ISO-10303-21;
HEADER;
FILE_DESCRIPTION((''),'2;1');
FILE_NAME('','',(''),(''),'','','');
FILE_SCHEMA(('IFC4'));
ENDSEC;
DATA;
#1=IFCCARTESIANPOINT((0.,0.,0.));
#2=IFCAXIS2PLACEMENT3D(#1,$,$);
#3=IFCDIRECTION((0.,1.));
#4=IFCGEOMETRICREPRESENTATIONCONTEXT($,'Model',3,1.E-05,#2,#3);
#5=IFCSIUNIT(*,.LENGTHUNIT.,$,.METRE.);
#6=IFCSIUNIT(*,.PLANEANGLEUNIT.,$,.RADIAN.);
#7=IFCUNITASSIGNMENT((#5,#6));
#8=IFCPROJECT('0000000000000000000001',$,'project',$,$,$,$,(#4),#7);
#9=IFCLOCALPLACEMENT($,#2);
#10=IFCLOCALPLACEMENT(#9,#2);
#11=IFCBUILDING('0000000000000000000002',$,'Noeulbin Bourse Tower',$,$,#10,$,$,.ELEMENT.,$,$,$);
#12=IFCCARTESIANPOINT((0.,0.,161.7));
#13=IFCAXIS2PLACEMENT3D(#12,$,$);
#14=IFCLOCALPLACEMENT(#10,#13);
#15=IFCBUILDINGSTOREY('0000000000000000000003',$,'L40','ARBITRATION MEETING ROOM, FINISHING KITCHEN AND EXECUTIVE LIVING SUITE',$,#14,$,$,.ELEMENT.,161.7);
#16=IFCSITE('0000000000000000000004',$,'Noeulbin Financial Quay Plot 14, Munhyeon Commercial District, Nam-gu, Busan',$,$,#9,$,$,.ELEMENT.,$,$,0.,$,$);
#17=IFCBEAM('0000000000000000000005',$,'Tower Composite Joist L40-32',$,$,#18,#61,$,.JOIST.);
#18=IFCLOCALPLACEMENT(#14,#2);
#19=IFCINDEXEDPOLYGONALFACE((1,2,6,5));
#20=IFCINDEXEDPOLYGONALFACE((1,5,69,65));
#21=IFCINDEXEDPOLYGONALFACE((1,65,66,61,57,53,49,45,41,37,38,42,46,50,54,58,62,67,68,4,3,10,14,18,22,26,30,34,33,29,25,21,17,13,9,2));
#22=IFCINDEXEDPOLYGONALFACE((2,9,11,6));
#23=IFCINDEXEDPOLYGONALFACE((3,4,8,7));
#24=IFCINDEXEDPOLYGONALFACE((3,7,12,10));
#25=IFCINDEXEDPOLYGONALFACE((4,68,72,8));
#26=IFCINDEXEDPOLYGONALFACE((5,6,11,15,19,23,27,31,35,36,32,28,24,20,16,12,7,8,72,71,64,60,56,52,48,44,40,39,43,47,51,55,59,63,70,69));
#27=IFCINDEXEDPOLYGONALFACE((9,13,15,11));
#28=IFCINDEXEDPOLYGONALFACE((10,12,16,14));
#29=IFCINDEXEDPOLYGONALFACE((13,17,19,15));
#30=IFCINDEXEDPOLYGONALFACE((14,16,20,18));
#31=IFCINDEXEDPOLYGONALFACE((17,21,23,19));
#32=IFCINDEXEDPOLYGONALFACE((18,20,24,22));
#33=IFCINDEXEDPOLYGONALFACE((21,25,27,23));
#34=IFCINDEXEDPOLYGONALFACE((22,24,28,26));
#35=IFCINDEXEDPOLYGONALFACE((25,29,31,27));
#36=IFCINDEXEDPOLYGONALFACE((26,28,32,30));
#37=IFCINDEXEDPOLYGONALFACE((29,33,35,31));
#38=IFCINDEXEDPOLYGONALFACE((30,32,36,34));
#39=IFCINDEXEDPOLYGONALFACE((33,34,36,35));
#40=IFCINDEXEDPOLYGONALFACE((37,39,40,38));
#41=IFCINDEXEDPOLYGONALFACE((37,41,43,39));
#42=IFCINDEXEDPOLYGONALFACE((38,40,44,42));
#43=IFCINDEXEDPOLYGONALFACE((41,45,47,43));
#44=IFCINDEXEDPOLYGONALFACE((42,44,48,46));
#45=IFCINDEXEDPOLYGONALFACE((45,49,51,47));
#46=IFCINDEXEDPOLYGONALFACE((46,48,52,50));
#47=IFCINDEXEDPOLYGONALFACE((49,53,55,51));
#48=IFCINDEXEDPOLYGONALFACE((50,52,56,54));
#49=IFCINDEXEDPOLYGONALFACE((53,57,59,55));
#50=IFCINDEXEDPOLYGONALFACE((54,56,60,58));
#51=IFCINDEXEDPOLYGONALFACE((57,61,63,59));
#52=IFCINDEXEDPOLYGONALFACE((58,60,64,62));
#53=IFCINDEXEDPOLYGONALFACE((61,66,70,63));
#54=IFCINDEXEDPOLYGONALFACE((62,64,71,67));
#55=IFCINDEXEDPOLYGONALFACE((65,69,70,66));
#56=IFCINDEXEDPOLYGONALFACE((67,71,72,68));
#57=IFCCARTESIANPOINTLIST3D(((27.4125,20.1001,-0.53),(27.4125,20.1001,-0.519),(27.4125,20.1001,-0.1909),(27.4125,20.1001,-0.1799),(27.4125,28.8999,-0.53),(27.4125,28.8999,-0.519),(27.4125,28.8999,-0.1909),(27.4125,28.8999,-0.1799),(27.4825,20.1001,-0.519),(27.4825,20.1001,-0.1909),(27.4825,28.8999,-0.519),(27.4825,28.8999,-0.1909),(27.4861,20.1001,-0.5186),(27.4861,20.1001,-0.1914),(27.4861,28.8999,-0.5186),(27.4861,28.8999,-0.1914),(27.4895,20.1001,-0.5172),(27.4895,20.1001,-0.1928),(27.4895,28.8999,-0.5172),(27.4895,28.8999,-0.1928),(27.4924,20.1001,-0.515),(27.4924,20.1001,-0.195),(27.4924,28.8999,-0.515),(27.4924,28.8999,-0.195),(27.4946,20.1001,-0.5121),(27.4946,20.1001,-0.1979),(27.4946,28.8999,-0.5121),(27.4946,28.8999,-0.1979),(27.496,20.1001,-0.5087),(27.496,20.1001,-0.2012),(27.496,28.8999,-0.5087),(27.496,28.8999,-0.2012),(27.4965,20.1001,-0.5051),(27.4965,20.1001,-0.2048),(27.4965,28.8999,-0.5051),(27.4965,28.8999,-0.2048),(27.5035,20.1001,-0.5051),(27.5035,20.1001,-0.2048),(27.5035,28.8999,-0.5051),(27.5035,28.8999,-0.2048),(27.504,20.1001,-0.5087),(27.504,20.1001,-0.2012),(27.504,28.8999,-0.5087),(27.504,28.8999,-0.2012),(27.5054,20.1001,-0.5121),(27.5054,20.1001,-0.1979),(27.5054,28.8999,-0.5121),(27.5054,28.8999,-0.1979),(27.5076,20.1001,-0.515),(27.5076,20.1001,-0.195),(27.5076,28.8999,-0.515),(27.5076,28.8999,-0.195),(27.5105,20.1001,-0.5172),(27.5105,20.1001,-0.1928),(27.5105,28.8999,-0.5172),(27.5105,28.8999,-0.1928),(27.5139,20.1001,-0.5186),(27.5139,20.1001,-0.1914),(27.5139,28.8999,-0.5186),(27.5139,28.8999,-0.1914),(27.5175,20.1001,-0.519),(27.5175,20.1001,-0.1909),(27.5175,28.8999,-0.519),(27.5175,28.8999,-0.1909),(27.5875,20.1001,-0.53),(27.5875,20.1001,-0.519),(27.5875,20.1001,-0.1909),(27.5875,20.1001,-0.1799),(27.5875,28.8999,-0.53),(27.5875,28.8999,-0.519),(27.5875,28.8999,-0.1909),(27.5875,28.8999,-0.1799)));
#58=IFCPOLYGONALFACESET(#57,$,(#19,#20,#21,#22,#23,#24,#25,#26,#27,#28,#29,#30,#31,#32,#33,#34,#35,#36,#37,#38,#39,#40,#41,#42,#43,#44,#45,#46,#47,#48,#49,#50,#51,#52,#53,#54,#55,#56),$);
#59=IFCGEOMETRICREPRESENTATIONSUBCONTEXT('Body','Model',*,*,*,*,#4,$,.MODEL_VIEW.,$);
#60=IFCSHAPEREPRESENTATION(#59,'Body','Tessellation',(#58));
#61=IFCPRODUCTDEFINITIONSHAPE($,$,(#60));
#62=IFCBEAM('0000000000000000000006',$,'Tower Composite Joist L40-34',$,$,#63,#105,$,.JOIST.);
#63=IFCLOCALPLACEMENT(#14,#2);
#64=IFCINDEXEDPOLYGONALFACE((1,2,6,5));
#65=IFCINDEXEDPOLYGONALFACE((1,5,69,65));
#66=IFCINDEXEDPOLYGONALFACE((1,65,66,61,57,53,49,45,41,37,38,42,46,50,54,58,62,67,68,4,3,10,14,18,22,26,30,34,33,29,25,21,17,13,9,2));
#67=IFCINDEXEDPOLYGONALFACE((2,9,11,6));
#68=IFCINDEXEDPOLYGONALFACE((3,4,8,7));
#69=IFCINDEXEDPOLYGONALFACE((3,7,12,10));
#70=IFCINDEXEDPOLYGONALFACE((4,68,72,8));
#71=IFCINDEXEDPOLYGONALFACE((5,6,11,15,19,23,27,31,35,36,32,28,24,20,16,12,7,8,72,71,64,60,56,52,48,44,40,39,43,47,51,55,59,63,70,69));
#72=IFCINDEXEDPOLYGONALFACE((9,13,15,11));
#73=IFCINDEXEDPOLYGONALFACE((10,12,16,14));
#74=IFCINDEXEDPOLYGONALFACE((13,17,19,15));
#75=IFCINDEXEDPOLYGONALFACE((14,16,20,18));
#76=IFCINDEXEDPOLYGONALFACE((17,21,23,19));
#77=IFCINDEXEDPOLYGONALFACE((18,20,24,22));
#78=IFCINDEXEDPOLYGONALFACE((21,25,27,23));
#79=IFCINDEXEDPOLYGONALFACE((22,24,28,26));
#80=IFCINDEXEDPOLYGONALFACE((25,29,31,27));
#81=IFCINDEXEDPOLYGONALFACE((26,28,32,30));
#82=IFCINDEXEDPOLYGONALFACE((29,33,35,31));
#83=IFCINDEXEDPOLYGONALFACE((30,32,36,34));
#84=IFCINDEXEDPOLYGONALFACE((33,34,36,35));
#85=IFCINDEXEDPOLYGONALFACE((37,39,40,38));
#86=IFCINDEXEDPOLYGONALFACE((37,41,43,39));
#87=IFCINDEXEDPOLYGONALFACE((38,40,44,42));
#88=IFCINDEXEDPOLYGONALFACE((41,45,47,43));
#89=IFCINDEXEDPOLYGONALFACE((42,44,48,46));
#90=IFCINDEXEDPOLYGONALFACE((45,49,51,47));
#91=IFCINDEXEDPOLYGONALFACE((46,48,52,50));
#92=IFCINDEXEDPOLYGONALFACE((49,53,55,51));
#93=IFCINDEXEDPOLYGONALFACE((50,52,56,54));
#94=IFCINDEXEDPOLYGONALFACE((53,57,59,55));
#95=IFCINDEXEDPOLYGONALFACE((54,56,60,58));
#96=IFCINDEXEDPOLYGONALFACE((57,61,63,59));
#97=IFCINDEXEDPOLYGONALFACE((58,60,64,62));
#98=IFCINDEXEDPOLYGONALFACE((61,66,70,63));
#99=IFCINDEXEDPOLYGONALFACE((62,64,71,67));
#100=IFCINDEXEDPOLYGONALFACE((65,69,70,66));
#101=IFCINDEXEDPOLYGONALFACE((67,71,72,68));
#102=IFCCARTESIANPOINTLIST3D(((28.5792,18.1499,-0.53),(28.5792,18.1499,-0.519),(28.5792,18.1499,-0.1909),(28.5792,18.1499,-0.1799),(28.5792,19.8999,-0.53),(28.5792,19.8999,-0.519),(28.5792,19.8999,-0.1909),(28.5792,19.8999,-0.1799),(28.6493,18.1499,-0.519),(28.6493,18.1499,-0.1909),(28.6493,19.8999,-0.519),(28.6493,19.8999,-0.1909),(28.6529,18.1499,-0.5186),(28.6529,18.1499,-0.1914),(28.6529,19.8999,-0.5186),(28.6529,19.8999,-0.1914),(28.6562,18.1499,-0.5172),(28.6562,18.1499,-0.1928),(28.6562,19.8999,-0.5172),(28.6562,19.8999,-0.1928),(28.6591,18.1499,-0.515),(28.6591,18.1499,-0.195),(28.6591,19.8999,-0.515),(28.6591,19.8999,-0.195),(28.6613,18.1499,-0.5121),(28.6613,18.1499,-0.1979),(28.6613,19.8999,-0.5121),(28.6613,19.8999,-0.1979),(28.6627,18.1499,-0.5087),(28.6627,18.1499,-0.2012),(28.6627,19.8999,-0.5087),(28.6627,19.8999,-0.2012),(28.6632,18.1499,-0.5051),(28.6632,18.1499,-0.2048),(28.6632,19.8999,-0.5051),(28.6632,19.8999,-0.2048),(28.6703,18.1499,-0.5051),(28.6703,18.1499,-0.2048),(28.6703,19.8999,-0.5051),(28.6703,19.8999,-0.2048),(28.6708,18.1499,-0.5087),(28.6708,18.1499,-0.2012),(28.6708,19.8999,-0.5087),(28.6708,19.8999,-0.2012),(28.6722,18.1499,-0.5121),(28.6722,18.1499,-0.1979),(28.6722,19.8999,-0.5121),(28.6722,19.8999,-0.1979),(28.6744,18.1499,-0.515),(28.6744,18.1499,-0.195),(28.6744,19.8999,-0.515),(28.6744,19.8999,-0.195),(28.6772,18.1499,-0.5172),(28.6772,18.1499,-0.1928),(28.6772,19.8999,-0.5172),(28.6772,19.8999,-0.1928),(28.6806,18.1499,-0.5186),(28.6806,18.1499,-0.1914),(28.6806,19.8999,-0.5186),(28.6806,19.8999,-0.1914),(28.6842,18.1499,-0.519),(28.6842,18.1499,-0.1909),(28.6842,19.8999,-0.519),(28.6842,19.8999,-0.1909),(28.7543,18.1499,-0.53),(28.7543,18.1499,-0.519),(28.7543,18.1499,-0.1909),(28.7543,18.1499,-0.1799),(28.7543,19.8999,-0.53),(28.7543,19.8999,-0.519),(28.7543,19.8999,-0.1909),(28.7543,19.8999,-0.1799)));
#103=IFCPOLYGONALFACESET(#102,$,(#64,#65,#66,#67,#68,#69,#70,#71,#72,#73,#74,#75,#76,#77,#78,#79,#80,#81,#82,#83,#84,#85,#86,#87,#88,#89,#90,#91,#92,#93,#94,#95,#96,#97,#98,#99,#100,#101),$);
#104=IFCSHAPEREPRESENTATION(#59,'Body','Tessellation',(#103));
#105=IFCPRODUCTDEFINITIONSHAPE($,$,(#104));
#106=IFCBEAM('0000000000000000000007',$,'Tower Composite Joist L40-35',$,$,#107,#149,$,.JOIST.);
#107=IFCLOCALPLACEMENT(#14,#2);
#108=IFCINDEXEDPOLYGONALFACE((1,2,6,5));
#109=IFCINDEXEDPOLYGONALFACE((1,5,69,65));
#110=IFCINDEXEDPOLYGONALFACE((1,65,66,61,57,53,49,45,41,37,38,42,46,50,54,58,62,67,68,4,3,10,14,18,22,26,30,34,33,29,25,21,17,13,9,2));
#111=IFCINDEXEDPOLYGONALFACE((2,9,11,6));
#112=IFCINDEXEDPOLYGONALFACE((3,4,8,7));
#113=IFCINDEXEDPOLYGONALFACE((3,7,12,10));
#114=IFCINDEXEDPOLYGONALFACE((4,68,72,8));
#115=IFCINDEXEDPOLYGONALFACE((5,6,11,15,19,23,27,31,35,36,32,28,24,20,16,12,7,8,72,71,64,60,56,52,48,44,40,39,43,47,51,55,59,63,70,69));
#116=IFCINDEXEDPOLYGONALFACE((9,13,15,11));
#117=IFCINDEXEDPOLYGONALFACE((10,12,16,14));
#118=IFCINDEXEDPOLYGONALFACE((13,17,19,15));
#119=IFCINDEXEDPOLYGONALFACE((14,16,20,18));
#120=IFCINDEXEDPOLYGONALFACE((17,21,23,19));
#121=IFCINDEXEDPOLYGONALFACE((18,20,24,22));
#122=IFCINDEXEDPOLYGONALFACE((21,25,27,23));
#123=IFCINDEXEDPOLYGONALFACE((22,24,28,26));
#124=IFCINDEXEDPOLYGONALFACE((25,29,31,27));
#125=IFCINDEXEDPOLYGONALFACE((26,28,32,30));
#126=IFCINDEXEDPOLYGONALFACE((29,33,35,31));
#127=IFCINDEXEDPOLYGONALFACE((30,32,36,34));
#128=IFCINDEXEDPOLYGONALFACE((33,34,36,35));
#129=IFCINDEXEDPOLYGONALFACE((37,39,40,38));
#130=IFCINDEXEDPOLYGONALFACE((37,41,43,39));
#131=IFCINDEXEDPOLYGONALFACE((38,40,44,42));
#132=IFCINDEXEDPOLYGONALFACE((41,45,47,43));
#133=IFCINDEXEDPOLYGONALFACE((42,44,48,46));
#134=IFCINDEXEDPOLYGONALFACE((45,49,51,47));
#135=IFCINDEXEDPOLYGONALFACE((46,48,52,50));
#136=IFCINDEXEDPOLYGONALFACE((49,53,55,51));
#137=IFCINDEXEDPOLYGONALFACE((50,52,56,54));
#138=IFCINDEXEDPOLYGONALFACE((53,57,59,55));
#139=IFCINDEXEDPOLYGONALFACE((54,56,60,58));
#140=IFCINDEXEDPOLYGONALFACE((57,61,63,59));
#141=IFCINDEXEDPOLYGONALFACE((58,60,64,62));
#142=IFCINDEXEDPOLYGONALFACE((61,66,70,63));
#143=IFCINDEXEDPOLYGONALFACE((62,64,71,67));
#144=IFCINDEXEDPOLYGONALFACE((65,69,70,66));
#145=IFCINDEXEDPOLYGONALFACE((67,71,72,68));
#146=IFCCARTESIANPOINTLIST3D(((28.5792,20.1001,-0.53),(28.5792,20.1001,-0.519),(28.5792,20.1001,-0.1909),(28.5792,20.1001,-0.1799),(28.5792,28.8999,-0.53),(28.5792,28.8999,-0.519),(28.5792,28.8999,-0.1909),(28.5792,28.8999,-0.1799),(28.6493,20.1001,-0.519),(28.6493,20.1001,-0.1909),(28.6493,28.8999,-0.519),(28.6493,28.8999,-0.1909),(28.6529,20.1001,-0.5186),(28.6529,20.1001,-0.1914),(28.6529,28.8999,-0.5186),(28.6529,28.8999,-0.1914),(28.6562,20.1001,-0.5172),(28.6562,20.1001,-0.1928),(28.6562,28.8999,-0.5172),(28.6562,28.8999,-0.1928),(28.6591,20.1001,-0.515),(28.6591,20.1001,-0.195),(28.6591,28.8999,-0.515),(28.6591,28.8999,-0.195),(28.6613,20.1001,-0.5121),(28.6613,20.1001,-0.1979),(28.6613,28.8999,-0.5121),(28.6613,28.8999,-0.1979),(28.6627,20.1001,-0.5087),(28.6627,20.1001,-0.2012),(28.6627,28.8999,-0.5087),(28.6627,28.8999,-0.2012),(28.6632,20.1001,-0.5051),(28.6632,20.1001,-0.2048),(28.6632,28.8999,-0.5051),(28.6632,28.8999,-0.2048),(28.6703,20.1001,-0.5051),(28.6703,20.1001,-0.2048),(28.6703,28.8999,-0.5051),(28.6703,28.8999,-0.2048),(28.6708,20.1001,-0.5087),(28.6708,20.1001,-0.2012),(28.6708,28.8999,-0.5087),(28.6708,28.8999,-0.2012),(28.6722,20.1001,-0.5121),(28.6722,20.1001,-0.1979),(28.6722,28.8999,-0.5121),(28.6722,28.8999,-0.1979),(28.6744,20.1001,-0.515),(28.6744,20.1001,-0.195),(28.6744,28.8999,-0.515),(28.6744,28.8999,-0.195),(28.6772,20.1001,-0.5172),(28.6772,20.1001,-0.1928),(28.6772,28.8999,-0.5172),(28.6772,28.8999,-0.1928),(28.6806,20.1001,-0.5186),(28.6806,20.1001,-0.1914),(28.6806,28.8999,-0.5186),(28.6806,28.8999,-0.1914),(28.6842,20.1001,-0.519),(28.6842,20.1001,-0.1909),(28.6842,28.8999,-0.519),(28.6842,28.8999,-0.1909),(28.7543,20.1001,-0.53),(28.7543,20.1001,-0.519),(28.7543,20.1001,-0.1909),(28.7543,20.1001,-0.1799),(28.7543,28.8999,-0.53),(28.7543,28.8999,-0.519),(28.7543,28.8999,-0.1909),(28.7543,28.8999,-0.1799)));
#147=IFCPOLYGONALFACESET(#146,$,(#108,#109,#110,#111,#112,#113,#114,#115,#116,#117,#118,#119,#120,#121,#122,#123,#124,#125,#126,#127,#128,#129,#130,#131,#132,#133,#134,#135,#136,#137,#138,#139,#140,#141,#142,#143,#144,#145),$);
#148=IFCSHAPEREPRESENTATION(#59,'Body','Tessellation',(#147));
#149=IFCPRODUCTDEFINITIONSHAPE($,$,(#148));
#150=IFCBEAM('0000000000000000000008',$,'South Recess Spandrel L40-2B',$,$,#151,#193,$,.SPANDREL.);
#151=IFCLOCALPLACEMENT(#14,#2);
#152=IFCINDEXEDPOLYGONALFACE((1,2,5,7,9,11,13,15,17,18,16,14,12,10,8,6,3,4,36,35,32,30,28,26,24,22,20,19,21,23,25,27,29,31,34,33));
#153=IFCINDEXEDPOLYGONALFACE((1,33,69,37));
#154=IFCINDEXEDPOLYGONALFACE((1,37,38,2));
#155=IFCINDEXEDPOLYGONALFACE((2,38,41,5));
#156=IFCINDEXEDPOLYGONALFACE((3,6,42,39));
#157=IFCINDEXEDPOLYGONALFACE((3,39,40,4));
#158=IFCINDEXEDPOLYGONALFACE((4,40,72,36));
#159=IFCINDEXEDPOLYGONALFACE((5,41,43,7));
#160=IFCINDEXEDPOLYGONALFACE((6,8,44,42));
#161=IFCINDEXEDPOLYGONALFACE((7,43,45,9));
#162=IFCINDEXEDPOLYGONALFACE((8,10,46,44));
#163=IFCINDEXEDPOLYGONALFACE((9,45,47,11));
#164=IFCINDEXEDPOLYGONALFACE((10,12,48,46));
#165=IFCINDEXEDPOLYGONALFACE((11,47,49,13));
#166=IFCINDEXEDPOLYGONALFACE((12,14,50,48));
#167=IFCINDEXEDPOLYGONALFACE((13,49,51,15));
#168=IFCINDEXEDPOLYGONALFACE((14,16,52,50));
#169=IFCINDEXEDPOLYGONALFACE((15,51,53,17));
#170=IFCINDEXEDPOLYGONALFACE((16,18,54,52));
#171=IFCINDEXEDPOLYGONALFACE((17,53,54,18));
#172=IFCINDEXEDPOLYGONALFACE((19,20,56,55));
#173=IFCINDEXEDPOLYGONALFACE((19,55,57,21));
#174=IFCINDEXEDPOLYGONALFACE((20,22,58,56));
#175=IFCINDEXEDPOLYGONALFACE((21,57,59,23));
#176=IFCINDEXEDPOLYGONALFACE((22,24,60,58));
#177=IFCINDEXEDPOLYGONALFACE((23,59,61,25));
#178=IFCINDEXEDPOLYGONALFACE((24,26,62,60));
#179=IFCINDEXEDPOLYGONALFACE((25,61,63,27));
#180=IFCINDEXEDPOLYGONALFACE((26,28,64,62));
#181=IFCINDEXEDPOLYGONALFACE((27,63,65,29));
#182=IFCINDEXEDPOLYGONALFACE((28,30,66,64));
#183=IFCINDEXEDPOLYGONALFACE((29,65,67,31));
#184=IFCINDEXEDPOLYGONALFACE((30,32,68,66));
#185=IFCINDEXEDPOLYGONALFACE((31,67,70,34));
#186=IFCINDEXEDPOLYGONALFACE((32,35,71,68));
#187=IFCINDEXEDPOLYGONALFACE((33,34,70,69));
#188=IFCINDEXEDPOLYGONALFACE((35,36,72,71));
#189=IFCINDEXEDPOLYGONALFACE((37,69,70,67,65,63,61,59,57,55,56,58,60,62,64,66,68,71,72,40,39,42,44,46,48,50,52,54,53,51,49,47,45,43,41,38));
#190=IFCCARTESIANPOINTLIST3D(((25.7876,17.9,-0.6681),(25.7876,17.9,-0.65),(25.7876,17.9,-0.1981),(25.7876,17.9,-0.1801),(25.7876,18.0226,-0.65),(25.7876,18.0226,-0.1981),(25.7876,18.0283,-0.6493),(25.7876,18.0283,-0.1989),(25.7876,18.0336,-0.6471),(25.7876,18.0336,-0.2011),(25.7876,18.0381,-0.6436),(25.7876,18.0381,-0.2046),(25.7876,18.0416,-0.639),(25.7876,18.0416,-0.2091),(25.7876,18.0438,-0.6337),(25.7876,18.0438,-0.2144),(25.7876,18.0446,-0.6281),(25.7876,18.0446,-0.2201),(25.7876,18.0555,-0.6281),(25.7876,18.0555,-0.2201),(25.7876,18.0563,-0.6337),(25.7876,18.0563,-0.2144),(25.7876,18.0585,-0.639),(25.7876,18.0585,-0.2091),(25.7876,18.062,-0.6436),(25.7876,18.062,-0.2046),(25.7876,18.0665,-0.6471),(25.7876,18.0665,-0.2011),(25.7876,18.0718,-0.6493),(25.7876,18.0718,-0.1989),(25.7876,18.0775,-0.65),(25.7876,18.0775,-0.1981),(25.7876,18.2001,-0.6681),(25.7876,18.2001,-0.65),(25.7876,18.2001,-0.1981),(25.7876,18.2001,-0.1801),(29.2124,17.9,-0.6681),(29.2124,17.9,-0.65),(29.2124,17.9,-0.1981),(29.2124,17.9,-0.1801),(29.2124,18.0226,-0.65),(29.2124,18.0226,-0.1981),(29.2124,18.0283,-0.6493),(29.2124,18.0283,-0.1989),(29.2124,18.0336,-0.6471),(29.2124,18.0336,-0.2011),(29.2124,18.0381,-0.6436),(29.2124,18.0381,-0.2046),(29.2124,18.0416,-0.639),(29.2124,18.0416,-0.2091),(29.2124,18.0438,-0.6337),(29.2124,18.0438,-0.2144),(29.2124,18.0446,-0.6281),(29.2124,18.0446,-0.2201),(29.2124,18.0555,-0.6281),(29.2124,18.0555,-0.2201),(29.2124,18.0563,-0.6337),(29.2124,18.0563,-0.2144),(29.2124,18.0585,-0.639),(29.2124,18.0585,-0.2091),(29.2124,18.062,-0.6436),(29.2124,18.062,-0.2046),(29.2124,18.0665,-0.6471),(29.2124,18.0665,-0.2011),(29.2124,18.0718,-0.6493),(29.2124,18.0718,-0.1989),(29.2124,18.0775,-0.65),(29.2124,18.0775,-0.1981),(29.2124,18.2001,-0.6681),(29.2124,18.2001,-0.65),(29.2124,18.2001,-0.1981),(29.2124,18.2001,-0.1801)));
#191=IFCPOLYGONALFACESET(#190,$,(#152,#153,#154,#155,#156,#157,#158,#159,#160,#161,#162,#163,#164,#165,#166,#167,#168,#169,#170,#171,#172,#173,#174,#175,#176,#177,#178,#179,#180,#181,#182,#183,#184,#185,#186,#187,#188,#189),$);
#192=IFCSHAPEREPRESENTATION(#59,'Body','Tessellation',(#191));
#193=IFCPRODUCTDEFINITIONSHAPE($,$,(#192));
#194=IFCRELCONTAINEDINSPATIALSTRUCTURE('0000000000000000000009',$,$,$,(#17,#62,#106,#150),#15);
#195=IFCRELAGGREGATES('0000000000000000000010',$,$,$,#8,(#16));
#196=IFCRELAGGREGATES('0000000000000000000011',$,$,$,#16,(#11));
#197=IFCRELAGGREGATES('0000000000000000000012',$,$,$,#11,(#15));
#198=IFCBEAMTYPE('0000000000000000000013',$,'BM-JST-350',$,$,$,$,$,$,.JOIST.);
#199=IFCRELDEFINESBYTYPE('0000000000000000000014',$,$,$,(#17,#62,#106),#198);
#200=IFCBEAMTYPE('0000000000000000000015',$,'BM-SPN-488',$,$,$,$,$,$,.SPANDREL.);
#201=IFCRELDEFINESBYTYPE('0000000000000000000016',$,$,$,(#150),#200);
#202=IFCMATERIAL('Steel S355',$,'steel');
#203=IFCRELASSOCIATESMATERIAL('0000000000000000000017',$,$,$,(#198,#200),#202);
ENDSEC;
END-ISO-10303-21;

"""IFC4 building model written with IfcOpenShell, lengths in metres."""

from ifc_helpers import new_model, si_unit, direction, frame, origin, origin_2d, place, context, subcontext, project, spatial, i_section, extrude, material, material_profile, profile_set, type_object, element, save


model = new_model("IFC4")

# Units and contexts
model_context = context("Model", 3, precision=1e-05, world=origin(), true_north=direction((0.0, 1.0)))
body_context = subcontext(model_context, "Body", "Model", "MODEL_VIEW")
ifc_project = project(units=[si_unit("LENGTHUNIT", "METRE"), si_unit("PLANEANGLEUNIT", "RADIAN")], contexts=[model_context])

# Site, building, storey
site_placement = place(None, origin())
site = spatial("IfcSite", under=ifc_project, at=site_placement, Name="Noeulbin Financial Quay Plot 14, Munhyeon Commercial District, Nam-gu, Busan", CompositionType="ELEMENT", RefElevation=0.0)
building_placement = place(site_placement, origin())
building = spatial("IfcBuilding", under=site, at=building_placement, Name="Noeulbin Bourse Tower", CompositionType="ELEMENT")
storey_placement = place(building_placement, frame((0.0, 0.0, 161.7)))
storey = spatial("IfcBuildingStorey", under=building, at=storey_placement, Name="L40", Description="ARBITRATION MEETING ROOM, FINISHING KITCHEN AND EXECUTIVE LIVING SUITE", CompositionType="ELEMENT", Elevation=161.7)

# Beams
ifc_material_1 = material(Name="Steel S355", Category="steel")
ifc_material_profile_1 = material_profile(ifc_material_1, i_section(OverallWidth=0.175, OverallDepth=0.3501, WebThickness=0.0071, FlangeThickness=0.011, FilletRadius=0.0139, at=origin_2d()), Name="H-350x175x7x11", Category="LoadBearing")
ifc_profile_set_1 = profile_set([ifc_material_profile_1], Name="Steel S355")
beam_type_1 = type_object("IfcBeamType", Name="BM-JST-350", PredefinedType="JOIST", material=ifc_profile_set_1)
beam_1_placement = place(storey_placement, frame((27.5, 20.1001, -0.355), z_axis=(0.0, 1.0, 0.0), x_axis=(-1.0, 0.0, 0.0)))
element("IfcBeam", 1, at=beam_1_placement, inside=storey, type_object=beam_type_1, Name="Tower Composite Joist L40-32", PredefinedType="JOIST", context=body_context, shape_type="SweptSolid", body=[
    extrude(i_section(OverallWidth=0.175, OverallDepth=0.3501, WebThickness=0.0071, FlangeThickness=0.011, FilletRadius=0.0139, at=origin_2d()), origin(), (0.0, 0.0, 1.0), 8.7998),
])
beam_2_placement = place(storey_placement, frame((28.6667, 18.1499, -0.355), z_axis=(0.0, 1.0, 0.0), x_axis=(-1.0, 0.0, 0.0)))
element("IfcBeam", 2, at=beam_2_placement, inside=storey, type_object=beam_type_1, Name="Tower Composite Joist L40-34", PredefinedType="JOIST", context=body_context, shape_type="SweptSolid", body=[
    extrude(i_section(OverallWidth=0.175, OverallDepth=0.3501, WebThickness=0.0071, FlangeThickness=0.011, FilletRadius=0.0139, at=origin_2d()), origin(), (0.0, 0.0, 1.0), 1.75),
])
beam_3_placement = place(storey_placement, frame((28.6667, 20.1001, -0.355), z_axis=(0.0, 1.0, 0.0), x_axis=(-1.0, 0.0, 0.0)))
element("IfcBeam", 3, at=beam_3_placement, inside=storey, type_object=beam_type_1, Name="Tower Composite Joist L40-35", PredefinedType="JOIST", context=body_context, shape_type="SweptSolid", body=[
    extrude(i_section(OverallWidth=0.175, OverallDepth=0.3501, WebThickness=0.0071, FlangeThickness=0.011, FilletRadius=0.0139, at=origin_2d()), origin(), (0.0, 0.0, 1.0), 8.7998),
])
ifc_material_profile_2 = material_profile(ifc_material_1, i_section(OverallWidth=0.3, OverallDepth=0.488, WebThickness=0.011, FlangeThickness=0.0181, FilletRadius=0.022, at=origin_2d()), Name="H-488x300x11x18", Category="LoadBearing")
ifc_profile_set_2 = profile_set([ifc_material_profile_2], Name="Steel S355")
beam_type_2 = type_object("IfcBeamType", Name="BM-SPN-488", PredefinedType="SPANDREL", material=ifc_profile_set_2)
beam_4_placement = place(storey_placement, frame((25.7876, 18.05, -0.4241), z_axis=(1.0, 0.0, 0.0), x_axis=(0.0, 1.0, 0.0)))
element("IfcBeam", 4, at=beam_4_placement, inside=storey, type_object=beam_type_2, Name="South Recess Spandrel L40-2B", PredefinedType="SPANDREL", context=body_context, shape_type="SweptSolid", body=[
    extrude(i_section(OverallWidth=0.3, OverallDepth=0.488, WebThickness=0.011, FlangeThickness=0.0181, FilletRadius=0.022, at=origin_2d()), origin(), (0.0, 0.0, 1.0), 3.4248),
])

save(model, "model.ifc")
